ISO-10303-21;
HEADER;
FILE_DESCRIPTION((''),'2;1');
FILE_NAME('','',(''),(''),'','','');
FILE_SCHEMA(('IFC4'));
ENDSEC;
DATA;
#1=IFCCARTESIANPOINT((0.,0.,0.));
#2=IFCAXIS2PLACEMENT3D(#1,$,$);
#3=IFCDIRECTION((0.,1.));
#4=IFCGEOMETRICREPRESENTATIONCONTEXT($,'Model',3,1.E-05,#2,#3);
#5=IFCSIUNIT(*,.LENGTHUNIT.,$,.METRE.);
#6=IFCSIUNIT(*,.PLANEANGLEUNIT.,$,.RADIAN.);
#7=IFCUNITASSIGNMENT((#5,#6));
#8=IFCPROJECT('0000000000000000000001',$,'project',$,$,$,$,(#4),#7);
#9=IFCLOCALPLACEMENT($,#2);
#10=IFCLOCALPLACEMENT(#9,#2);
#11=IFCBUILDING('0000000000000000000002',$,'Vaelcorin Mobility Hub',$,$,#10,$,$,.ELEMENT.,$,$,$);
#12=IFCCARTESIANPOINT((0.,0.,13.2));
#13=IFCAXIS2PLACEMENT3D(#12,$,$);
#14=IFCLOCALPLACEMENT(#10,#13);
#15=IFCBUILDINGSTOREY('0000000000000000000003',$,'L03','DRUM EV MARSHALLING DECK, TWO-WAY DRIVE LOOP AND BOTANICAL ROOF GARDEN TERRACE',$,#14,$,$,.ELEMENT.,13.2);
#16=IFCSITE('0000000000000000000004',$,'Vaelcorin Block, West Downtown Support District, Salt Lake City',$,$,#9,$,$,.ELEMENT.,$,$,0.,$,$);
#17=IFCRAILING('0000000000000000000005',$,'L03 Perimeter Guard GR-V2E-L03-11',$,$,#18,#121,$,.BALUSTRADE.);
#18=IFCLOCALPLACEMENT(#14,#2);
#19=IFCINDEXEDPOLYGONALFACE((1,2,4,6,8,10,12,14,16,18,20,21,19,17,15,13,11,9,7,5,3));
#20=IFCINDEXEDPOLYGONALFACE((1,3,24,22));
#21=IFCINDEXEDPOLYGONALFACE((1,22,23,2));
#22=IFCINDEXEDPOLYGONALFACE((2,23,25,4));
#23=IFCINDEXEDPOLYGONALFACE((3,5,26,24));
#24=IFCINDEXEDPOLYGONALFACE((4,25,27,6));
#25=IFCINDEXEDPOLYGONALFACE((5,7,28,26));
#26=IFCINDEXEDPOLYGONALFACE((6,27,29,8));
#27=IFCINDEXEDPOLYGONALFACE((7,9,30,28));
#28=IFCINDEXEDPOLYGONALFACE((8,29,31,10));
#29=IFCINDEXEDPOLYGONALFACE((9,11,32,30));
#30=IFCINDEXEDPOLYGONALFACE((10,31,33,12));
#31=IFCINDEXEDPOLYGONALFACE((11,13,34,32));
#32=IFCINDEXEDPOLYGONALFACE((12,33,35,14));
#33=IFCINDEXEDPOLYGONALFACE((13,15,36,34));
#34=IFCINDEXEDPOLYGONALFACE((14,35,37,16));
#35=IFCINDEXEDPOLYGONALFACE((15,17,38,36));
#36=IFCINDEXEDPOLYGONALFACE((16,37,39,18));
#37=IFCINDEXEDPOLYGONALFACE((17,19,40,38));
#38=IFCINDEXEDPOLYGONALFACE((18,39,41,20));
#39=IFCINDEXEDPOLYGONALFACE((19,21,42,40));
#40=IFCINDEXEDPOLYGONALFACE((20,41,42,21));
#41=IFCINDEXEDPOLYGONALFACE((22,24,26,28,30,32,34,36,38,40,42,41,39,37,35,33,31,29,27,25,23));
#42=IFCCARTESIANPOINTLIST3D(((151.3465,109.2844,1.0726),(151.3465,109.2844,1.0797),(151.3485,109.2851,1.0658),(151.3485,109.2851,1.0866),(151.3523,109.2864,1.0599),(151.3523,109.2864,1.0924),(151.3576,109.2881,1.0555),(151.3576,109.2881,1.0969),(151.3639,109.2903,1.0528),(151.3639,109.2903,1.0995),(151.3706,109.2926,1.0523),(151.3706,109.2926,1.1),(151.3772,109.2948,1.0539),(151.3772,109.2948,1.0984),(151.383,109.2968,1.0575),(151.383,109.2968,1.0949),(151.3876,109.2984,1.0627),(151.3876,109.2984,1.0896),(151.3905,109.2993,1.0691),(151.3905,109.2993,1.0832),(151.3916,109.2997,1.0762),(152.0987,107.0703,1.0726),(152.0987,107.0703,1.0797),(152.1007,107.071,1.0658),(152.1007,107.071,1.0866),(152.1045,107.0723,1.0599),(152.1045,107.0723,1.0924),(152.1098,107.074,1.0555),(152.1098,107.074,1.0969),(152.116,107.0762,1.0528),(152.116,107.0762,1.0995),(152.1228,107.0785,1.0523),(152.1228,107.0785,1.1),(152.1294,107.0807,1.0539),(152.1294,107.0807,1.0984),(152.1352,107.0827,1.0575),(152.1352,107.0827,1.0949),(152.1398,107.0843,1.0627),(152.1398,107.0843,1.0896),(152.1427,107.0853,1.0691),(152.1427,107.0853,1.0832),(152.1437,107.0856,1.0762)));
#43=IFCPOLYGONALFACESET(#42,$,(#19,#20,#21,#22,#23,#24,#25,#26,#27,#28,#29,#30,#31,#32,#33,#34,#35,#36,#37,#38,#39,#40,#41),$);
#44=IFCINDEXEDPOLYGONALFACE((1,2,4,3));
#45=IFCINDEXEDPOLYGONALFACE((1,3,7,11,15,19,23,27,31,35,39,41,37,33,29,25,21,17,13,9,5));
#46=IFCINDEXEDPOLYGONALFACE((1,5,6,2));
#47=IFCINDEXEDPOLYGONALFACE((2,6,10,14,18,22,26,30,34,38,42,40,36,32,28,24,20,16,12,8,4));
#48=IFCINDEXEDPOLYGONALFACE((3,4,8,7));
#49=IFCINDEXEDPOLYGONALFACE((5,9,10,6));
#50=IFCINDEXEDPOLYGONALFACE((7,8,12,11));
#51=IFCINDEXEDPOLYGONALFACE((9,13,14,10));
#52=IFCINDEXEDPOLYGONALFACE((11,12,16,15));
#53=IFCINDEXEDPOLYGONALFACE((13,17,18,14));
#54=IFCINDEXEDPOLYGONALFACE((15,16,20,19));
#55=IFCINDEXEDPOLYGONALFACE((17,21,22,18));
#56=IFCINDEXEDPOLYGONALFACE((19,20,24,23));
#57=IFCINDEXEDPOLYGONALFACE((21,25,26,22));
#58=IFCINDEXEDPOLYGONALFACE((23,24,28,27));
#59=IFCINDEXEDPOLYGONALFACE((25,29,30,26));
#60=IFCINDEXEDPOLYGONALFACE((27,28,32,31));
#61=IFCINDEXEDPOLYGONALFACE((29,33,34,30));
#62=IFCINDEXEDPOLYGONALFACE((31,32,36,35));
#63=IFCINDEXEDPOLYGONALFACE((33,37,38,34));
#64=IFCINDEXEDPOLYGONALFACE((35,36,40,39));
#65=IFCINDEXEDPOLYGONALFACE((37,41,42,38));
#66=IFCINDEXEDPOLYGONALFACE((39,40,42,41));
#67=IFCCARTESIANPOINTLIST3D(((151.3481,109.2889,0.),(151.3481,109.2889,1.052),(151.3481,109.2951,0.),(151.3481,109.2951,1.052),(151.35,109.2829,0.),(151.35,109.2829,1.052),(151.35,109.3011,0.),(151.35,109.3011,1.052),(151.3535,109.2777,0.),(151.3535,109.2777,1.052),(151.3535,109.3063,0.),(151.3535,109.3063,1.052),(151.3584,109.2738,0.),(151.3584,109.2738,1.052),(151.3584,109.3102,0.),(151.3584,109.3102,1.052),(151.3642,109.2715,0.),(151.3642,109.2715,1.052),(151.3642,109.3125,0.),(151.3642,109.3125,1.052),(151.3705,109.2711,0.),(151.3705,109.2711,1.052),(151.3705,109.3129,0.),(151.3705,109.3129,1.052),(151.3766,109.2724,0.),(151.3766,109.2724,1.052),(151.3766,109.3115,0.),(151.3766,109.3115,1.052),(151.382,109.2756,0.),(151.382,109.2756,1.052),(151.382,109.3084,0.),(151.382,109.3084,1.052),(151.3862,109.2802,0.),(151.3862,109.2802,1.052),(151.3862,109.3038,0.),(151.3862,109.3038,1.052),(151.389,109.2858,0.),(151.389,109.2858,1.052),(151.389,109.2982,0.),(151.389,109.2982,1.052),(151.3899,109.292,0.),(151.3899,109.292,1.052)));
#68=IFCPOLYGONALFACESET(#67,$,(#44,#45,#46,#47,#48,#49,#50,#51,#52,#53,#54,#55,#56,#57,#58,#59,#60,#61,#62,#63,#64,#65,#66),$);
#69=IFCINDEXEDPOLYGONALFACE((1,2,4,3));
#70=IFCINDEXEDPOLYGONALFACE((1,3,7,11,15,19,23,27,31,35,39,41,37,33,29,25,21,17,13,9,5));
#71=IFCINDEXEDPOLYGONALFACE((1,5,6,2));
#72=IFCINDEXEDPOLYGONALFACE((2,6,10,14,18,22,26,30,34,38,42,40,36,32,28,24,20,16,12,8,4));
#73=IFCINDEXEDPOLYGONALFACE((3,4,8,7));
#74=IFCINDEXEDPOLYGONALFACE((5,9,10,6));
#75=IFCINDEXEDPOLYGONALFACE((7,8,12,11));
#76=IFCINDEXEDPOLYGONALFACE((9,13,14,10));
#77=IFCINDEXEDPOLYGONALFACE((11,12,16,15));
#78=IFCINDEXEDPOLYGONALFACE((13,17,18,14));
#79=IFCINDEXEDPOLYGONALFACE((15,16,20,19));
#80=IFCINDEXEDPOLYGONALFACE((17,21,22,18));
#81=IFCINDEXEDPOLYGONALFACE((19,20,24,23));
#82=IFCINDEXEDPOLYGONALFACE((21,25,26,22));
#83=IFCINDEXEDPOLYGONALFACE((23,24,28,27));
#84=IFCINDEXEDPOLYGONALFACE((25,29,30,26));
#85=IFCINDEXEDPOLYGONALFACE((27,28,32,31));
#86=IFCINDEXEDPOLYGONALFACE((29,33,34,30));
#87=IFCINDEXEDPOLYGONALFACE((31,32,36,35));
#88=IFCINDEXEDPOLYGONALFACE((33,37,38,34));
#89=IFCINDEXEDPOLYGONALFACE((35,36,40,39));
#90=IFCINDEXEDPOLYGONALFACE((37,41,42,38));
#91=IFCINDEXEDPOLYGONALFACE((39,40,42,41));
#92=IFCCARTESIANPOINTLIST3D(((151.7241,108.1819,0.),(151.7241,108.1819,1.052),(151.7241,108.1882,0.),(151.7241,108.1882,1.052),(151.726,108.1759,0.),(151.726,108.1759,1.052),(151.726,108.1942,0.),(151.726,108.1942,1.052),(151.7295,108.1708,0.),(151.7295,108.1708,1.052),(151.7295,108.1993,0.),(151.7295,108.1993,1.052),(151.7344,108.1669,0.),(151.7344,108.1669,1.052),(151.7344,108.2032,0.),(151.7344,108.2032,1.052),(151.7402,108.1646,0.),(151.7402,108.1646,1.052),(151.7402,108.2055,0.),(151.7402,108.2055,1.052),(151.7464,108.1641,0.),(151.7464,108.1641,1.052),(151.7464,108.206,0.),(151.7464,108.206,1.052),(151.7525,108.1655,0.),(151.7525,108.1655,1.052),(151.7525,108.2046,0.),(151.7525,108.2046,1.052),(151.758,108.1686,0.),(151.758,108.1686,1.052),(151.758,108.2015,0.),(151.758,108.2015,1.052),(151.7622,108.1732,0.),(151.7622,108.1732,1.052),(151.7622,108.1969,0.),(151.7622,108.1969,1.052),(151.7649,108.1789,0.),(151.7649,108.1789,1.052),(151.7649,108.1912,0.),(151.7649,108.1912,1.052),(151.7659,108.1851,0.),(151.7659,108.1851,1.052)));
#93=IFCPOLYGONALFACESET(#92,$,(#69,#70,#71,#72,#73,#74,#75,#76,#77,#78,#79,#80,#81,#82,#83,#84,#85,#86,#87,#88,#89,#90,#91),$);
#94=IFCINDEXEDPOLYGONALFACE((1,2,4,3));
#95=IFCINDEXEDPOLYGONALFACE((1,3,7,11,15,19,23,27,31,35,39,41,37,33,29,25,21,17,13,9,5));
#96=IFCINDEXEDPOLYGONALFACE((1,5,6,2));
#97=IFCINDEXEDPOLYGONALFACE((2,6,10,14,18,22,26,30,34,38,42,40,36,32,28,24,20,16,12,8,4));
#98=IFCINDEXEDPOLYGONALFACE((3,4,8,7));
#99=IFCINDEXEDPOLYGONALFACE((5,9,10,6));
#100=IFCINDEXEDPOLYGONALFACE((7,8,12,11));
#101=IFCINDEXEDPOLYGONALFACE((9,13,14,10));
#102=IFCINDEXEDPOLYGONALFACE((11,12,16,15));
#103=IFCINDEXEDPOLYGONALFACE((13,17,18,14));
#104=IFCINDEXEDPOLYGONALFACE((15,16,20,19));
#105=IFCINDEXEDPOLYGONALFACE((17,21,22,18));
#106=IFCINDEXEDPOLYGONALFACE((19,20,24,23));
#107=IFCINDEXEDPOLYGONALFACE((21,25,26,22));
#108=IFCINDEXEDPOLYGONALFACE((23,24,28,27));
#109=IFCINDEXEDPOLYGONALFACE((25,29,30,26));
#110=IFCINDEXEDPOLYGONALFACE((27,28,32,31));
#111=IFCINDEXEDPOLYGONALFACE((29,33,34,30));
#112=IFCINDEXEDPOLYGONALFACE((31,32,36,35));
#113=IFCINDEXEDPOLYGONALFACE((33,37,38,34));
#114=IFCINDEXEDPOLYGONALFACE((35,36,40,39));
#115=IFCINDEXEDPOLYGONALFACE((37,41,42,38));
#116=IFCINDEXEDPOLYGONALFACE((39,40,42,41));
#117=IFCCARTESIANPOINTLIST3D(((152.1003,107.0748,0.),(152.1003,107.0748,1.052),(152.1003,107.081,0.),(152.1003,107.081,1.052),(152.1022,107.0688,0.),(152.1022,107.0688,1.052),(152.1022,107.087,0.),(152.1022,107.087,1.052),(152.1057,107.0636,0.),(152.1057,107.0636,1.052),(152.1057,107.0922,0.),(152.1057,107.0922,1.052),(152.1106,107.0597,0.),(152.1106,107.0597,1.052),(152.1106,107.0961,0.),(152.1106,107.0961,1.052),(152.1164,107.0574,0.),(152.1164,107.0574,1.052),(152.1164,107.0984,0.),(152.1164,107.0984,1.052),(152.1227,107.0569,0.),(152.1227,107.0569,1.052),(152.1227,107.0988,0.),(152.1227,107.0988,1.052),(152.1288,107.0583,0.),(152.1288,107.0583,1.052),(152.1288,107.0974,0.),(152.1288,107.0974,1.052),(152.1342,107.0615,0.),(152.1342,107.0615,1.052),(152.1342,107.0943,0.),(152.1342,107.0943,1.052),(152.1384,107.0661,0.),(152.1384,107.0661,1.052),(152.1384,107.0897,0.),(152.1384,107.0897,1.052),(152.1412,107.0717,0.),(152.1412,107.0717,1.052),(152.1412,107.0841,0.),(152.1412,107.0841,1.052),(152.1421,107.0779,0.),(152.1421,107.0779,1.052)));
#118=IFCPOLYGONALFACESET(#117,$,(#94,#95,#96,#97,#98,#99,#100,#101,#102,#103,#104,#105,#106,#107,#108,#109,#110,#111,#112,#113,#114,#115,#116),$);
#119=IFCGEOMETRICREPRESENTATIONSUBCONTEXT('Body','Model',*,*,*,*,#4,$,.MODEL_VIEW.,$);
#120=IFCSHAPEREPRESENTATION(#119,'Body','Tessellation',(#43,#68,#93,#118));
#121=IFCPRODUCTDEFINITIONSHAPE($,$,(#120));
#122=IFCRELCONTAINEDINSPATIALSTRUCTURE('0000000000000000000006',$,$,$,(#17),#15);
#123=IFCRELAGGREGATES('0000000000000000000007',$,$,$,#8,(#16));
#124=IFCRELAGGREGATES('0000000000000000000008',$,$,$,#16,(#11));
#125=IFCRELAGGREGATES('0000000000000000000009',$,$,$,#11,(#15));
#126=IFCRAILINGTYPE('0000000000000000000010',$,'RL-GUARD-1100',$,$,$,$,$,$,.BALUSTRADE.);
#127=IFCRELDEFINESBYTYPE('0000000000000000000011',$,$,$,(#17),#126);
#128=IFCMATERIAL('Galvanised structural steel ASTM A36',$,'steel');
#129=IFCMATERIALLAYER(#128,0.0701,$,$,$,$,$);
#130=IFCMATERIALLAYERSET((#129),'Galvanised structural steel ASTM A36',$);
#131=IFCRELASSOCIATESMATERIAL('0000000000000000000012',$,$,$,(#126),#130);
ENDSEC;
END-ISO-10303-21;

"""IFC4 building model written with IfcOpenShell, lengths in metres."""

from ifc_helpers import new_model, si_unit, direction, frame, origin, origin_2d, place, context, subcontext, project, spatial, circle, extrude, material, layer, layer_set, type_object, element, save


model = new_model("IFC4")

# Units and contexts
model_context = context("Model", 3, precision=1e-05, world=origin(), true_north=direction((0.0, 1.0)))
body_context = subcontext(model_context, "Body", "Model", "MODEL_VIEW")
ifc_project = project(units=[si_unit("LENGTHUNIT", "METRE"), si_unit("PLANEANGLEUNIT", "RADIAN")], contexts=[model_context])

# Site, building, storey
site_placement = place(None, origin())
site = spatial("IfcSite", under=ifc_project, at=site_placement, Name="Vaelcorin Block, West Downtown Support District, Salt Lake City", CompositionType="ELEMENT", RefElevation=0.0)
building_placement = place(site_placement, origin())
building = spatial("IfcBuilding", under=site, at=building_placement, Name="Vaelcorin Mobility Hub", CompositionType="ELEMENT")
storey_placement = place(building_placement, frame((0.0, 0.0, 13.2)))
storey = spatial("IfcBuildingStorey", under=building, at=storey_placement, Name="L03", Description="DRUM EV MARSHALLING DECK, TWO-WAY DRIVE LOOP AND BOTANICAL ROOF GARDEN TERRACE", CompositionType="ELEMENT", Elevation=13.2)

# Railing
ifc_material_1 = material(Name="Galvanised structural steel ASTM A36", Category="steel")
ifc_layer_1 = layer(ifc_material_1, 0.0701)
ifc_layer_set_1 = layer_set([ifc_layer_1], Name="Galvanised structural steel ASTM A36")
railing_type_1 = type_object("IfcRailingType", Name="RL-GUARD-1100", PredefinedType="BALUSTRADE", material=ifc_layer_set_1)
railing_1_placement = place(storey_placement, frame((151.3689, 109.292, 0.0)))
element("IfcRailing", 1, at=railing_1_placement, inside=storey, type_object=railing_type_1, Name="L03 Perimeter Guard GR-V2E-L03-11", PredefinedType="BALUSTRADE", context=body_context, shape_type="SweptSolid", body=[
    extrude(circle(Radius=0.0239, at=origin_2d()), frame((0.0, 0.0, 1.0762), z_axis=(0.321673, -0.946851, 0.0), x_axis=(0.946851, 0.321673, 0.0)), (0.0, 0.0, 1.0), 2.3384),
    extrude(circle(Radius=0.021, at=origin_2d()), origin(), (0.0, 0.0, 1.0), 1.052),
    extrude(circle(Radius=0.021, at=origin_2d()), frame((0.376, -1.1069, 0.0)), (0.0, 0.0, 1.0), 1.052),
    extrude(circle(Radius=0.021, at=origin_2d()), frame((0.7522, -2.2141, 0.0)), (0.0, 0.0, 1.0), 1.052),
])

save(model, "model.ifc")
